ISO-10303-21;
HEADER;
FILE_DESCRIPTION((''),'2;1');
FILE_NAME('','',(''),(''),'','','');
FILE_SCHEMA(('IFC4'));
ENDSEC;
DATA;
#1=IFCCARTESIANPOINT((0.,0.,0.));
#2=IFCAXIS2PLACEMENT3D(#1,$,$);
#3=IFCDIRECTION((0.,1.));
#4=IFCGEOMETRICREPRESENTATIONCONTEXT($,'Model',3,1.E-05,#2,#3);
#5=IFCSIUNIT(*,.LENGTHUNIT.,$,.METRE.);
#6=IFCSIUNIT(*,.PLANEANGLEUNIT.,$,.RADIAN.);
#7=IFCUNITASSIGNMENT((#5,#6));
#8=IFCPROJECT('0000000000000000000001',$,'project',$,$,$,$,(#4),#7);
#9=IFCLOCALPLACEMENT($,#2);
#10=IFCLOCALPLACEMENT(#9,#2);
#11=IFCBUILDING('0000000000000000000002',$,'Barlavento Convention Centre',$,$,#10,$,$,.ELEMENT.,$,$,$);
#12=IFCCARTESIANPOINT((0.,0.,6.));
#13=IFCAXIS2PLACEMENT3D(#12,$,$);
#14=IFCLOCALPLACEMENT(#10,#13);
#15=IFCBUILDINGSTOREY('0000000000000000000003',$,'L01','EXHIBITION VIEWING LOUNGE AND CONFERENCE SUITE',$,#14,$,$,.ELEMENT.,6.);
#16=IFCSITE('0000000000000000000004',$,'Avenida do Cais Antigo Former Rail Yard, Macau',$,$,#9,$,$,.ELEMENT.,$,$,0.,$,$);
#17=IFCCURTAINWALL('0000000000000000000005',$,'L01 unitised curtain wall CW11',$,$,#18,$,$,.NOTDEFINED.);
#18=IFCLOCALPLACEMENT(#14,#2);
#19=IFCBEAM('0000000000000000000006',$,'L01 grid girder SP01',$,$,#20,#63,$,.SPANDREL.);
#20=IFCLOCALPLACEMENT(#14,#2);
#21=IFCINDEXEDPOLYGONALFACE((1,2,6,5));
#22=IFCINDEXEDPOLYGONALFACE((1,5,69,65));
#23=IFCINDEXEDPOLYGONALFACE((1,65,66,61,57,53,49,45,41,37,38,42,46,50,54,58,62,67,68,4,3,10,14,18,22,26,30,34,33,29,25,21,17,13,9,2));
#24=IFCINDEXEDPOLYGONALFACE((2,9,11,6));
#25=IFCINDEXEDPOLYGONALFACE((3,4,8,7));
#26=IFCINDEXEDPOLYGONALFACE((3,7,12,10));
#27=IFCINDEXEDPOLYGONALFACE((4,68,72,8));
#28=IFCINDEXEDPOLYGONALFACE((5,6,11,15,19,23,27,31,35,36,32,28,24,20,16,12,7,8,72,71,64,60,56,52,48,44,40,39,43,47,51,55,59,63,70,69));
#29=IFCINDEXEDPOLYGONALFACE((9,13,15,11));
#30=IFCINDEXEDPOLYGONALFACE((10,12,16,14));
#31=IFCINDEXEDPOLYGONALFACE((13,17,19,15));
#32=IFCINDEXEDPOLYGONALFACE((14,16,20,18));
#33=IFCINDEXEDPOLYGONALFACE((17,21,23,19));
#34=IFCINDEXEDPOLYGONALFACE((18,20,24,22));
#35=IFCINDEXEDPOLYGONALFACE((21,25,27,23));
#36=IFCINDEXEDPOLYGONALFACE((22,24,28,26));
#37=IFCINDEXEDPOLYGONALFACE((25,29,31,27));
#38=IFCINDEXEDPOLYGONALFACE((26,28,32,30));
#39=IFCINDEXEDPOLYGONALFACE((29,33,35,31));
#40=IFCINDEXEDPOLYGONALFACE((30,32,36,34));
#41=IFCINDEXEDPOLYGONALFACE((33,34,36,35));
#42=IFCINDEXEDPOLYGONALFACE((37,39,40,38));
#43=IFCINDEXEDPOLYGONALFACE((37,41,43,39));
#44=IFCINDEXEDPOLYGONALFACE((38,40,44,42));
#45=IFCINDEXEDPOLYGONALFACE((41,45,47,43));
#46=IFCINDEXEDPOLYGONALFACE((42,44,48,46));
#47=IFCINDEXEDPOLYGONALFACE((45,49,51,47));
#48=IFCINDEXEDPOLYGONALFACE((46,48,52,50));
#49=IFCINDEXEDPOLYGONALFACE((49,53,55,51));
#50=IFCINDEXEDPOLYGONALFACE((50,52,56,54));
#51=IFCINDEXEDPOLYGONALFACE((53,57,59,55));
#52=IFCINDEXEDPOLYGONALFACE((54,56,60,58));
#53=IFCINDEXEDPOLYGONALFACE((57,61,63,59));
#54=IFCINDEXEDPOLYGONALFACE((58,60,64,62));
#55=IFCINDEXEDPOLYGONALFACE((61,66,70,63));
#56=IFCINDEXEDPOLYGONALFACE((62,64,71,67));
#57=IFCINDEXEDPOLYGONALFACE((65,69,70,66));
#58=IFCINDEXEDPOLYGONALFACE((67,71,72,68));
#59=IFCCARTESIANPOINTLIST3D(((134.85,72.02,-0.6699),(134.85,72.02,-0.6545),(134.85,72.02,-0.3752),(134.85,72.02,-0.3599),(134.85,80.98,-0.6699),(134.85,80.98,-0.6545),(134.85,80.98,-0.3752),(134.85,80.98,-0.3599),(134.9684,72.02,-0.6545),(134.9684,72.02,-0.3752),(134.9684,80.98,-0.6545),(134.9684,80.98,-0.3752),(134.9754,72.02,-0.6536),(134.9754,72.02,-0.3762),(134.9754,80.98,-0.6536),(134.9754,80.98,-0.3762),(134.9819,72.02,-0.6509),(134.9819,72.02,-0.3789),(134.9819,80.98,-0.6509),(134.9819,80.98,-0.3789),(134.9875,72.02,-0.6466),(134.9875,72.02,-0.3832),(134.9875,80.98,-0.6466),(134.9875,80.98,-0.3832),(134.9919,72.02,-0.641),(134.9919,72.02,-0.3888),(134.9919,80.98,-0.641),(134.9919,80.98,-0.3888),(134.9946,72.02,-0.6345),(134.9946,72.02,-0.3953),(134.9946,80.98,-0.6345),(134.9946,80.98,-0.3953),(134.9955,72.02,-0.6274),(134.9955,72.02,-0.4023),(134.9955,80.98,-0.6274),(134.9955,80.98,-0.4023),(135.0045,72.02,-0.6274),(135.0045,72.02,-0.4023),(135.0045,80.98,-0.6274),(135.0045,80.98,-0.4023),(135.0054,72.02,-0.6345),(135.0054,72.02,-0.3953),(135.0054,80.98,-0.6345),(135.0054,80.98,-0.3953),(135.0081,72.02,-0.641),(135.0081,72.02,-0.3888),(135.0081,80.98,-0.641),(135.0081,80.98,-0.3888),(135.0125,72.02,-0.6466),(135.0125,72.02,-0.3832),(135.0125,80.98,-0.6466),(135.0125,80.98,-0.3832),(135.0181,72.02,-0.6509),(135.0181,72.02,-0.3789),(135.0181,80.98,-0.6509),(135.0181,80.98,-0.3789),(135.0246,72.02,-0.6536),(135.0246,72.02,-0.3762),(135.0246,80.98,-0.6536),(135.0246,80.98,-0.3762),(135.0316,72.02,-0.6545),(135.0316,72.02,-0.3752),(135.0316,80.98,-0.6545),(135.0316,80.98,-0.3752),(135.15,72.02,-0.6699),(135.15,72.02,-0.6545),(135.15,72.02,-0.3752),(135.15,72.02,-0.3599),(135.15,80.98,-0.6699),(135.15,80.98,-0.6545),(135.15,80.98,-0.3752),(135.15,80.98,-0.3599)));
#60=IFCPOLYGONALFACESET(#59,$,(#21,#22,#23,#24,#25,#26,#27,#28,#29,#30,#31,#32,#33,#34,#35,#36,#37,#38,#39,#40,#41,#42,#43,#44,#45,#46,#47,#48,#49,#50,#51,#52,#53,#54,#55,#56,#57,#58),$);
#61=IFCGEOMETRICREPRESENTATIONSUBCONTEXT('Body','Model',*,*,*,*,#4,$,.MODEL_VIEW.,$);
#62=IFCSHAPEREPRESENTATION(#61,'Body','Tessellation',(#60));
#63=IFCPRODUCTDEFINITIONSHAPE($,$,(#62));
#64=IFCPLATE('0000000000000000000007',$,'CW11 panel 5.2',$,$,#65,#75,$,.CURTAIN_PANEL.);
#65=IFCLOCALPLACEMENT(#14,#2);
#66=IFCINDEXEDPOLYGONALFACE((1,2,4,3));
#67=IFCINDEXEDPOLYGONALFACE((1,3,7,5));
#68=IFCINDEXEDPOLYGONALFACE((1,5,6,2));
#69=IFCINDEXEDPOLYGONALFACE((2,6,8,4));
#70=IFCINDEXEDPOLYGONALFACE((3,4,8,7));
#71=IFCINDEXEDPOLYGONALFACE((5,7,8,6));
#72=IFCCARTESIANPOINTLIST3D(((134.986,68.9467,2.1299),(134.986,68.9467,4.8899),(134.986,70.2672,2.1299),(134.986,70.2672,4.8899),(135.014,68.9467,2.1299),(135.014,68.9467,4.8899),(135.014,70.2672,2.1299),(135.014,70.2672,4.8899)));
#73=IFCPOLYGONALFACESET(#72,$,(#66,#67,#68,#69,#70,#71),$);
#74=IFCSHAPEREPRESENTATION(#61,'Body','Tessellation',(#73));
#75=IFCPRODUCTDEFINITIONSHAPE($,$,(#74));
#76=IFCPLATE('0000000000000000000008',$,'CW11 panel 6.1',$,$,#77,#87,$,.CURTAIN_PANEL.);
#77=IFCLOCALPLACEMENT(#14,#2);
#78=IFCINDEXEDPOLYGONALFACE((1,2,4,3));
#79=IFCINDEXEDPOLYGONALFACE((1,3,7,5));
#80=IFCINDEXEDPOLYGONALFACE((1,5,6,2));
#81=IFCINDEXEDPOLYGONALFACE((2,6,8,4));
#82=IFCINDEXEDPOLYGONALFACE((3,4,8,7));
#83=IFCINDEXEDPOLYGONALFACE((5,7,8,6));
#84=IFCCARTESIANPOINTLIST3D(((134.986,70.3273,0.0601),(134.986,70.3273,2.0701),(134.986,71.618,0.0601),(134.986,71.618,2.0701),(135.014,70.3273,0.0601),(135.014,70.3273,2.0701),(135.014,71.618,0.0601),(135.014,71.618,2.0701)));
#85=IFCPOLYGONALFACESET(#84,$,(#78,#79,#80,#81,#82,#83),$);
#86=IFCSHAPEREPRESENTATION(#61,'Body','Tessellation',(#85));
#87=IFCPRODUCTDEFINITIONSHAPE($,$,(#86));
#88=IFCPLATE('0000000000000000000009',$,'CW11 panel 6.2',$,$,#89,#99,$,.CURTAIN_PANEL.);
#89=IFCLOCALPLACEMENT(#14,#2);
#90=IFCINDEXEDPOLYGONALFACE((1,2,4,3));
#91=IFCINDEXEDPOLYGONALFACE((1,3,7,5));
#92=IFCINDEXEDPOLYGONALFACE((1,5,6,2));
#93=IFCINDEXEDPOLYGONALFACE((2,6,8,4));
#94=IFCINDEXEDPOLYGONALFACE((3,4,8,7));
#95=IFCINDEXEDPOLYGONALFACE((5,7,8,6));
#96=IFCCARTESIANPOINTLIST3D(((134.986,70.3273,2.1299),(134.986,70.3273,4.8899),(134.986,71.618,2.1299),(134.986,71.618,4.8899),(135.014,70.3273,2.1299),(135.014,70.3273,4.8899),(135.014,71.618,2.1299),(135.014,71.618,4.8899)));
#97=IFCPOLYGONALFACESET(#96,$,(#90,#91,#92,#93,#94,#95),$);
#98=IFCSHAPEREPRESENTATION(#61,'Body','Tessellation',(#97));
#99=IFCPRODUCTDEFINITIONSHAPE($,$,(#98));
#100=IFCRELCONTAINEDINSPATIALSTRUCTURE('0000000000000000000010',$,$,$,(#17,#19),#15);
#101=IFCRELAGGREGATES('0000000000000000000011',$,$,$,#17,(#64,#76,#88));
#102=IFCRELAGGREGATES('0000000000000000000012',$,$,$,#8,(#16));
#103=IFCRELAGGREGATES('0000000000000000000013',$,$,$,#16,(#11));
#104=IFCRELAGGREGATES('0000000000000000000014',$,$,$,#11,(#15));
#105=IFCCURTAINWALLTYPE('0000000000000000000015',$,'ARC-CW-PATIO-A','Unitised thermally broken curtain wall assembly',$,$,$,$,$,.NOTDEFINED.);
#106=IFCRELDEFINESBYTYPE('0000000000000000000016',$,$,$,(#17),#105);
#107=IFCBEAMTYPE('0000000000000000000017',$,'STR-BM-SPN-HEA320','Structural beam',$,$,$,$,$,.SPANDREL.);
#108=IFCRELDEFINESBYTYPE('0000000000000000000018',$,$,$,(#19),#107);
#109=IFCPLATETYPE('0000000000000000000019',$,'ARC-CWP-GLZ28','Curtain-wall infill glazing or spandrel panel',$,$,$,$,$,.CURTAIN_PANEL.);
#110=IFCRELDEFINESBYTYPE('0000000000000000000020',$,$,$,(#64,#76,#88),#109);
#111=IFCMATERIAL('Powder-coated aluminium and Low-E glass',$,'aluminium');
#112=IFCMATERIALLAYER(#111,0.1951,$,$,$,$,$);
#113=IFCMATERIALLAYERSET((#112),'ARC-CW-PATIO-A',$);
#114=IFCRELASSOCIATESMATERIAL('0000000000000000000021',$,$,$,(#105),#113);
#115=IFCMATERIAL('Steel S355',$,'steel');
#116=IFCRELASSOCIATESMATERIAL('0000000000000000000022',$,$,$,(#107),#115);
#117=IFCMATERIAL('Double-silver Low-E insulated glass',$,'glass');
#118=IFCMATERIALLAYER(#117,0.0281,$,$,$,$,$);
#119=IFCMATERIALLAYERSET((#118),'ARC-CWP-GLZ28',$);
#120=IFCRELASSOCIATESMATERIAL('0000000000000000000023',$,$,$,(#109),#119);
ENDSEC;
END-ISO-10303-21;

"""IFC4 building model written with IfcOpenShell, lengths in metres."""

from ifc_helpers import new_model, si_unit, direction, frame, origin, origin_2d, place, context, subcontext, project, spatial, rectangle, i_section, extrude, material, layer, layer_set, material_profile, profile_set, type_object, element, aggregate, save


model = new_model("IFC4")

# Units and contexts
model_context = context("Model", 3, precision=1e-05, world=origin(), true_north=direction((0.0, 1.0)))
body_context = subcontext(model_context, "Body", "Model", "MODEL_VIEW")
ifc_project = project(units=[si_unit("LENGTHUNIT", "METRE"), si_unit("PLANEANGLEUNIT", "RADIAN")], contexts=[model_context])

# Site, building, storey
site_placement = place(None, origin())
site = spatial("IfcSite", under=ifc_project, at=site_placement, Name="Avenida do Cais Antigo Former Rail Yard, Macau", CompositionType="ELEMENT", RefElevation=0.0)
building_placement = place(site_placement, origin())
building = spatial("IfcBuilding", under=site, at=building_placement, Name="Barlavento Convention Centre", CompositionType="ELEMENT")
storey_placement = place(building_placement, frame((0.0, 0.0, 6.0)))
storey = spatial("IfcBuildingStorey", under=building, at=storey_placement, Name="L01", Description="EXHIBITION VIEWING LOUNGE AND CONFERENCE SUITE", CompositionType="ELEMENT", Elevation=6.0)

# Shared definitions
ifc_material_1 = material(Name="Steel S355", Category="steel")

# Curtain wall
ifc_material_2 = material(Name="Powder-coated aluminium and Low-E glass", Category="aluminium")
ifc_layer_1 = layer(ifc_material_2, 0.1951)
ifc_layer_set_1 = layer_set([ifc_layer_1], Name="ARC-CW-PATIO-A")
curtain_wall_type = type_object("IfcCurtainWallType", Name="ARC-CW-PATIO-A", Description="Unitised thermally broken curtain wall assembly", PredefinedType="NOTDEFINED", material=ifc_layer_set_1)
curtain_wall_1_placement = place(storey_placement, origin())
curtain_wall_1 = element("IfcCurtainWall", 1, at=curtain_wall_1_placement, inside=storey, type_object=curtain_wall_type, Name="L01 unitised curtain wall CW11", PredefinedType="NOTDEFINED")

# Beam
ifc_material_profile_1 = material_profile(ifc_material_1, i_section(OverallWidth=0.3, OverallDepth=0.3101, WebThickness=0.009, FlangeThickness=0.0154, FilletRadius=0.0271, at=origin_2d()), Name="HEA 320")
ifc_profile_set_1 = profile_set([ifc_material_profile_1], Name="Steel S355")
beam_type_1 = type_object("IfcBeamType", Name="STR-BM-SPN-HEA320", Description="Structural beam", PredefinedType="SPANDREL", material=ifc_profile_set_1)
beam_1_placement = place(storey_placement, frame((135.0, 72.02, -0.5149), z_axis=(0.0, 1.0, 0.0), x_axis=(-1.0, 0.0, 0.0)))
element("IfcBeam", 2, at=beam_1_placement, inside=storey, type_object=beam_type_1, Name="L01 grid girder SP01", PredefinedType="SPANDREL", context=body_context, shape_type="SweptSolid", body=[
    extrude(i_section(OverallWidth=0.3, OverallDepth=0.3101, WebThickness=0.009, FlangeThickness=0.0154, FilletRadius=0.0271, at=origin_2d()), origin(), (0.0, 0.0, 1.0), 8.96),
])

# Plates
ifc_material_3 = material(Name="Double-silver Low-E insulated glass", Category="glass")
ifc_layer_2 = layer(ifc_material_3, 0.0281)
ifc_layer_set_2 = layer_set([ifc_layer_2], Name="ARC-CWP-GLZ28")
plate_type = type_object("IfcPlateType", Name="ARC-CWP-GLZ28", Description="Curtain-wall infill glazing or spandrel panel", PredefinedType="CURTAIN_PANEL", material=ifc_layer_set_2)
plate_1_placement = place(storey_placement, frame((135.0, 69.6069, 2.1299), z_axis=(0.0, 0.0, 1.0), x_axis=(0.0, 1.0, 0.0)))
plate_1 = element("IfcPlate", 3, at=plate_1_placement, type_object=plate_type, Name="CW11 panel 5.2", PredefinedType="CURTAIN_PANEL", context=body_context, shape_type="SweptSolid", body=[
    extrude(rectangle(XDim=1.3206, YDim=0.0281, at=origin_2d()), origin(), (0.0, 0.0, 1.0), 2.76),
])
plate_2_placement = place(storey_placement, frame((135.0, 70.9727, 0.0601), z_axis=(0.0, 0.0, 1.0), x_axis=(0.0, 1.0, 0.0)))
plate_2 = element("IfcPlate", 4, at=plate_2_placement, type_object=plate_type, Name="CW11 panel 6.1", PredefinedType="CURTAIN_PANEL", context=body_context, shape_type="SweptSolid", body=[
    extrude(rectangle(XDim=1.2908, YDim=0.0281, at=origin_2d()), origin(), (0.0, 0.0, 1.0), 2.01),
])
plate_3_placement = place(storey_placement, frame((135.0, 70.9727, 2.1299), z_axis=(0.0, 0.0, 1.0), x_axis=(0.0, 1.0, 0.0)))
plate_3 = element("IfcPlate", 5, at=plate_3_placement, type_object=plate_type, Name="CW11 panel 6.2", PredefinedType="CURTAIN_PANEL", context=body_context, shape_type="SweptSolid", body=[
    extrude(rectangle(XDim=1.2908, YDim=0.0281, at=origin_2d()), origin(), (0.0, 0.0, 1.0), 2.76),
])
aggregate(curtain_wall_1, [plate_1, plate_2, plate_3])

save(model, "model.ifc")
